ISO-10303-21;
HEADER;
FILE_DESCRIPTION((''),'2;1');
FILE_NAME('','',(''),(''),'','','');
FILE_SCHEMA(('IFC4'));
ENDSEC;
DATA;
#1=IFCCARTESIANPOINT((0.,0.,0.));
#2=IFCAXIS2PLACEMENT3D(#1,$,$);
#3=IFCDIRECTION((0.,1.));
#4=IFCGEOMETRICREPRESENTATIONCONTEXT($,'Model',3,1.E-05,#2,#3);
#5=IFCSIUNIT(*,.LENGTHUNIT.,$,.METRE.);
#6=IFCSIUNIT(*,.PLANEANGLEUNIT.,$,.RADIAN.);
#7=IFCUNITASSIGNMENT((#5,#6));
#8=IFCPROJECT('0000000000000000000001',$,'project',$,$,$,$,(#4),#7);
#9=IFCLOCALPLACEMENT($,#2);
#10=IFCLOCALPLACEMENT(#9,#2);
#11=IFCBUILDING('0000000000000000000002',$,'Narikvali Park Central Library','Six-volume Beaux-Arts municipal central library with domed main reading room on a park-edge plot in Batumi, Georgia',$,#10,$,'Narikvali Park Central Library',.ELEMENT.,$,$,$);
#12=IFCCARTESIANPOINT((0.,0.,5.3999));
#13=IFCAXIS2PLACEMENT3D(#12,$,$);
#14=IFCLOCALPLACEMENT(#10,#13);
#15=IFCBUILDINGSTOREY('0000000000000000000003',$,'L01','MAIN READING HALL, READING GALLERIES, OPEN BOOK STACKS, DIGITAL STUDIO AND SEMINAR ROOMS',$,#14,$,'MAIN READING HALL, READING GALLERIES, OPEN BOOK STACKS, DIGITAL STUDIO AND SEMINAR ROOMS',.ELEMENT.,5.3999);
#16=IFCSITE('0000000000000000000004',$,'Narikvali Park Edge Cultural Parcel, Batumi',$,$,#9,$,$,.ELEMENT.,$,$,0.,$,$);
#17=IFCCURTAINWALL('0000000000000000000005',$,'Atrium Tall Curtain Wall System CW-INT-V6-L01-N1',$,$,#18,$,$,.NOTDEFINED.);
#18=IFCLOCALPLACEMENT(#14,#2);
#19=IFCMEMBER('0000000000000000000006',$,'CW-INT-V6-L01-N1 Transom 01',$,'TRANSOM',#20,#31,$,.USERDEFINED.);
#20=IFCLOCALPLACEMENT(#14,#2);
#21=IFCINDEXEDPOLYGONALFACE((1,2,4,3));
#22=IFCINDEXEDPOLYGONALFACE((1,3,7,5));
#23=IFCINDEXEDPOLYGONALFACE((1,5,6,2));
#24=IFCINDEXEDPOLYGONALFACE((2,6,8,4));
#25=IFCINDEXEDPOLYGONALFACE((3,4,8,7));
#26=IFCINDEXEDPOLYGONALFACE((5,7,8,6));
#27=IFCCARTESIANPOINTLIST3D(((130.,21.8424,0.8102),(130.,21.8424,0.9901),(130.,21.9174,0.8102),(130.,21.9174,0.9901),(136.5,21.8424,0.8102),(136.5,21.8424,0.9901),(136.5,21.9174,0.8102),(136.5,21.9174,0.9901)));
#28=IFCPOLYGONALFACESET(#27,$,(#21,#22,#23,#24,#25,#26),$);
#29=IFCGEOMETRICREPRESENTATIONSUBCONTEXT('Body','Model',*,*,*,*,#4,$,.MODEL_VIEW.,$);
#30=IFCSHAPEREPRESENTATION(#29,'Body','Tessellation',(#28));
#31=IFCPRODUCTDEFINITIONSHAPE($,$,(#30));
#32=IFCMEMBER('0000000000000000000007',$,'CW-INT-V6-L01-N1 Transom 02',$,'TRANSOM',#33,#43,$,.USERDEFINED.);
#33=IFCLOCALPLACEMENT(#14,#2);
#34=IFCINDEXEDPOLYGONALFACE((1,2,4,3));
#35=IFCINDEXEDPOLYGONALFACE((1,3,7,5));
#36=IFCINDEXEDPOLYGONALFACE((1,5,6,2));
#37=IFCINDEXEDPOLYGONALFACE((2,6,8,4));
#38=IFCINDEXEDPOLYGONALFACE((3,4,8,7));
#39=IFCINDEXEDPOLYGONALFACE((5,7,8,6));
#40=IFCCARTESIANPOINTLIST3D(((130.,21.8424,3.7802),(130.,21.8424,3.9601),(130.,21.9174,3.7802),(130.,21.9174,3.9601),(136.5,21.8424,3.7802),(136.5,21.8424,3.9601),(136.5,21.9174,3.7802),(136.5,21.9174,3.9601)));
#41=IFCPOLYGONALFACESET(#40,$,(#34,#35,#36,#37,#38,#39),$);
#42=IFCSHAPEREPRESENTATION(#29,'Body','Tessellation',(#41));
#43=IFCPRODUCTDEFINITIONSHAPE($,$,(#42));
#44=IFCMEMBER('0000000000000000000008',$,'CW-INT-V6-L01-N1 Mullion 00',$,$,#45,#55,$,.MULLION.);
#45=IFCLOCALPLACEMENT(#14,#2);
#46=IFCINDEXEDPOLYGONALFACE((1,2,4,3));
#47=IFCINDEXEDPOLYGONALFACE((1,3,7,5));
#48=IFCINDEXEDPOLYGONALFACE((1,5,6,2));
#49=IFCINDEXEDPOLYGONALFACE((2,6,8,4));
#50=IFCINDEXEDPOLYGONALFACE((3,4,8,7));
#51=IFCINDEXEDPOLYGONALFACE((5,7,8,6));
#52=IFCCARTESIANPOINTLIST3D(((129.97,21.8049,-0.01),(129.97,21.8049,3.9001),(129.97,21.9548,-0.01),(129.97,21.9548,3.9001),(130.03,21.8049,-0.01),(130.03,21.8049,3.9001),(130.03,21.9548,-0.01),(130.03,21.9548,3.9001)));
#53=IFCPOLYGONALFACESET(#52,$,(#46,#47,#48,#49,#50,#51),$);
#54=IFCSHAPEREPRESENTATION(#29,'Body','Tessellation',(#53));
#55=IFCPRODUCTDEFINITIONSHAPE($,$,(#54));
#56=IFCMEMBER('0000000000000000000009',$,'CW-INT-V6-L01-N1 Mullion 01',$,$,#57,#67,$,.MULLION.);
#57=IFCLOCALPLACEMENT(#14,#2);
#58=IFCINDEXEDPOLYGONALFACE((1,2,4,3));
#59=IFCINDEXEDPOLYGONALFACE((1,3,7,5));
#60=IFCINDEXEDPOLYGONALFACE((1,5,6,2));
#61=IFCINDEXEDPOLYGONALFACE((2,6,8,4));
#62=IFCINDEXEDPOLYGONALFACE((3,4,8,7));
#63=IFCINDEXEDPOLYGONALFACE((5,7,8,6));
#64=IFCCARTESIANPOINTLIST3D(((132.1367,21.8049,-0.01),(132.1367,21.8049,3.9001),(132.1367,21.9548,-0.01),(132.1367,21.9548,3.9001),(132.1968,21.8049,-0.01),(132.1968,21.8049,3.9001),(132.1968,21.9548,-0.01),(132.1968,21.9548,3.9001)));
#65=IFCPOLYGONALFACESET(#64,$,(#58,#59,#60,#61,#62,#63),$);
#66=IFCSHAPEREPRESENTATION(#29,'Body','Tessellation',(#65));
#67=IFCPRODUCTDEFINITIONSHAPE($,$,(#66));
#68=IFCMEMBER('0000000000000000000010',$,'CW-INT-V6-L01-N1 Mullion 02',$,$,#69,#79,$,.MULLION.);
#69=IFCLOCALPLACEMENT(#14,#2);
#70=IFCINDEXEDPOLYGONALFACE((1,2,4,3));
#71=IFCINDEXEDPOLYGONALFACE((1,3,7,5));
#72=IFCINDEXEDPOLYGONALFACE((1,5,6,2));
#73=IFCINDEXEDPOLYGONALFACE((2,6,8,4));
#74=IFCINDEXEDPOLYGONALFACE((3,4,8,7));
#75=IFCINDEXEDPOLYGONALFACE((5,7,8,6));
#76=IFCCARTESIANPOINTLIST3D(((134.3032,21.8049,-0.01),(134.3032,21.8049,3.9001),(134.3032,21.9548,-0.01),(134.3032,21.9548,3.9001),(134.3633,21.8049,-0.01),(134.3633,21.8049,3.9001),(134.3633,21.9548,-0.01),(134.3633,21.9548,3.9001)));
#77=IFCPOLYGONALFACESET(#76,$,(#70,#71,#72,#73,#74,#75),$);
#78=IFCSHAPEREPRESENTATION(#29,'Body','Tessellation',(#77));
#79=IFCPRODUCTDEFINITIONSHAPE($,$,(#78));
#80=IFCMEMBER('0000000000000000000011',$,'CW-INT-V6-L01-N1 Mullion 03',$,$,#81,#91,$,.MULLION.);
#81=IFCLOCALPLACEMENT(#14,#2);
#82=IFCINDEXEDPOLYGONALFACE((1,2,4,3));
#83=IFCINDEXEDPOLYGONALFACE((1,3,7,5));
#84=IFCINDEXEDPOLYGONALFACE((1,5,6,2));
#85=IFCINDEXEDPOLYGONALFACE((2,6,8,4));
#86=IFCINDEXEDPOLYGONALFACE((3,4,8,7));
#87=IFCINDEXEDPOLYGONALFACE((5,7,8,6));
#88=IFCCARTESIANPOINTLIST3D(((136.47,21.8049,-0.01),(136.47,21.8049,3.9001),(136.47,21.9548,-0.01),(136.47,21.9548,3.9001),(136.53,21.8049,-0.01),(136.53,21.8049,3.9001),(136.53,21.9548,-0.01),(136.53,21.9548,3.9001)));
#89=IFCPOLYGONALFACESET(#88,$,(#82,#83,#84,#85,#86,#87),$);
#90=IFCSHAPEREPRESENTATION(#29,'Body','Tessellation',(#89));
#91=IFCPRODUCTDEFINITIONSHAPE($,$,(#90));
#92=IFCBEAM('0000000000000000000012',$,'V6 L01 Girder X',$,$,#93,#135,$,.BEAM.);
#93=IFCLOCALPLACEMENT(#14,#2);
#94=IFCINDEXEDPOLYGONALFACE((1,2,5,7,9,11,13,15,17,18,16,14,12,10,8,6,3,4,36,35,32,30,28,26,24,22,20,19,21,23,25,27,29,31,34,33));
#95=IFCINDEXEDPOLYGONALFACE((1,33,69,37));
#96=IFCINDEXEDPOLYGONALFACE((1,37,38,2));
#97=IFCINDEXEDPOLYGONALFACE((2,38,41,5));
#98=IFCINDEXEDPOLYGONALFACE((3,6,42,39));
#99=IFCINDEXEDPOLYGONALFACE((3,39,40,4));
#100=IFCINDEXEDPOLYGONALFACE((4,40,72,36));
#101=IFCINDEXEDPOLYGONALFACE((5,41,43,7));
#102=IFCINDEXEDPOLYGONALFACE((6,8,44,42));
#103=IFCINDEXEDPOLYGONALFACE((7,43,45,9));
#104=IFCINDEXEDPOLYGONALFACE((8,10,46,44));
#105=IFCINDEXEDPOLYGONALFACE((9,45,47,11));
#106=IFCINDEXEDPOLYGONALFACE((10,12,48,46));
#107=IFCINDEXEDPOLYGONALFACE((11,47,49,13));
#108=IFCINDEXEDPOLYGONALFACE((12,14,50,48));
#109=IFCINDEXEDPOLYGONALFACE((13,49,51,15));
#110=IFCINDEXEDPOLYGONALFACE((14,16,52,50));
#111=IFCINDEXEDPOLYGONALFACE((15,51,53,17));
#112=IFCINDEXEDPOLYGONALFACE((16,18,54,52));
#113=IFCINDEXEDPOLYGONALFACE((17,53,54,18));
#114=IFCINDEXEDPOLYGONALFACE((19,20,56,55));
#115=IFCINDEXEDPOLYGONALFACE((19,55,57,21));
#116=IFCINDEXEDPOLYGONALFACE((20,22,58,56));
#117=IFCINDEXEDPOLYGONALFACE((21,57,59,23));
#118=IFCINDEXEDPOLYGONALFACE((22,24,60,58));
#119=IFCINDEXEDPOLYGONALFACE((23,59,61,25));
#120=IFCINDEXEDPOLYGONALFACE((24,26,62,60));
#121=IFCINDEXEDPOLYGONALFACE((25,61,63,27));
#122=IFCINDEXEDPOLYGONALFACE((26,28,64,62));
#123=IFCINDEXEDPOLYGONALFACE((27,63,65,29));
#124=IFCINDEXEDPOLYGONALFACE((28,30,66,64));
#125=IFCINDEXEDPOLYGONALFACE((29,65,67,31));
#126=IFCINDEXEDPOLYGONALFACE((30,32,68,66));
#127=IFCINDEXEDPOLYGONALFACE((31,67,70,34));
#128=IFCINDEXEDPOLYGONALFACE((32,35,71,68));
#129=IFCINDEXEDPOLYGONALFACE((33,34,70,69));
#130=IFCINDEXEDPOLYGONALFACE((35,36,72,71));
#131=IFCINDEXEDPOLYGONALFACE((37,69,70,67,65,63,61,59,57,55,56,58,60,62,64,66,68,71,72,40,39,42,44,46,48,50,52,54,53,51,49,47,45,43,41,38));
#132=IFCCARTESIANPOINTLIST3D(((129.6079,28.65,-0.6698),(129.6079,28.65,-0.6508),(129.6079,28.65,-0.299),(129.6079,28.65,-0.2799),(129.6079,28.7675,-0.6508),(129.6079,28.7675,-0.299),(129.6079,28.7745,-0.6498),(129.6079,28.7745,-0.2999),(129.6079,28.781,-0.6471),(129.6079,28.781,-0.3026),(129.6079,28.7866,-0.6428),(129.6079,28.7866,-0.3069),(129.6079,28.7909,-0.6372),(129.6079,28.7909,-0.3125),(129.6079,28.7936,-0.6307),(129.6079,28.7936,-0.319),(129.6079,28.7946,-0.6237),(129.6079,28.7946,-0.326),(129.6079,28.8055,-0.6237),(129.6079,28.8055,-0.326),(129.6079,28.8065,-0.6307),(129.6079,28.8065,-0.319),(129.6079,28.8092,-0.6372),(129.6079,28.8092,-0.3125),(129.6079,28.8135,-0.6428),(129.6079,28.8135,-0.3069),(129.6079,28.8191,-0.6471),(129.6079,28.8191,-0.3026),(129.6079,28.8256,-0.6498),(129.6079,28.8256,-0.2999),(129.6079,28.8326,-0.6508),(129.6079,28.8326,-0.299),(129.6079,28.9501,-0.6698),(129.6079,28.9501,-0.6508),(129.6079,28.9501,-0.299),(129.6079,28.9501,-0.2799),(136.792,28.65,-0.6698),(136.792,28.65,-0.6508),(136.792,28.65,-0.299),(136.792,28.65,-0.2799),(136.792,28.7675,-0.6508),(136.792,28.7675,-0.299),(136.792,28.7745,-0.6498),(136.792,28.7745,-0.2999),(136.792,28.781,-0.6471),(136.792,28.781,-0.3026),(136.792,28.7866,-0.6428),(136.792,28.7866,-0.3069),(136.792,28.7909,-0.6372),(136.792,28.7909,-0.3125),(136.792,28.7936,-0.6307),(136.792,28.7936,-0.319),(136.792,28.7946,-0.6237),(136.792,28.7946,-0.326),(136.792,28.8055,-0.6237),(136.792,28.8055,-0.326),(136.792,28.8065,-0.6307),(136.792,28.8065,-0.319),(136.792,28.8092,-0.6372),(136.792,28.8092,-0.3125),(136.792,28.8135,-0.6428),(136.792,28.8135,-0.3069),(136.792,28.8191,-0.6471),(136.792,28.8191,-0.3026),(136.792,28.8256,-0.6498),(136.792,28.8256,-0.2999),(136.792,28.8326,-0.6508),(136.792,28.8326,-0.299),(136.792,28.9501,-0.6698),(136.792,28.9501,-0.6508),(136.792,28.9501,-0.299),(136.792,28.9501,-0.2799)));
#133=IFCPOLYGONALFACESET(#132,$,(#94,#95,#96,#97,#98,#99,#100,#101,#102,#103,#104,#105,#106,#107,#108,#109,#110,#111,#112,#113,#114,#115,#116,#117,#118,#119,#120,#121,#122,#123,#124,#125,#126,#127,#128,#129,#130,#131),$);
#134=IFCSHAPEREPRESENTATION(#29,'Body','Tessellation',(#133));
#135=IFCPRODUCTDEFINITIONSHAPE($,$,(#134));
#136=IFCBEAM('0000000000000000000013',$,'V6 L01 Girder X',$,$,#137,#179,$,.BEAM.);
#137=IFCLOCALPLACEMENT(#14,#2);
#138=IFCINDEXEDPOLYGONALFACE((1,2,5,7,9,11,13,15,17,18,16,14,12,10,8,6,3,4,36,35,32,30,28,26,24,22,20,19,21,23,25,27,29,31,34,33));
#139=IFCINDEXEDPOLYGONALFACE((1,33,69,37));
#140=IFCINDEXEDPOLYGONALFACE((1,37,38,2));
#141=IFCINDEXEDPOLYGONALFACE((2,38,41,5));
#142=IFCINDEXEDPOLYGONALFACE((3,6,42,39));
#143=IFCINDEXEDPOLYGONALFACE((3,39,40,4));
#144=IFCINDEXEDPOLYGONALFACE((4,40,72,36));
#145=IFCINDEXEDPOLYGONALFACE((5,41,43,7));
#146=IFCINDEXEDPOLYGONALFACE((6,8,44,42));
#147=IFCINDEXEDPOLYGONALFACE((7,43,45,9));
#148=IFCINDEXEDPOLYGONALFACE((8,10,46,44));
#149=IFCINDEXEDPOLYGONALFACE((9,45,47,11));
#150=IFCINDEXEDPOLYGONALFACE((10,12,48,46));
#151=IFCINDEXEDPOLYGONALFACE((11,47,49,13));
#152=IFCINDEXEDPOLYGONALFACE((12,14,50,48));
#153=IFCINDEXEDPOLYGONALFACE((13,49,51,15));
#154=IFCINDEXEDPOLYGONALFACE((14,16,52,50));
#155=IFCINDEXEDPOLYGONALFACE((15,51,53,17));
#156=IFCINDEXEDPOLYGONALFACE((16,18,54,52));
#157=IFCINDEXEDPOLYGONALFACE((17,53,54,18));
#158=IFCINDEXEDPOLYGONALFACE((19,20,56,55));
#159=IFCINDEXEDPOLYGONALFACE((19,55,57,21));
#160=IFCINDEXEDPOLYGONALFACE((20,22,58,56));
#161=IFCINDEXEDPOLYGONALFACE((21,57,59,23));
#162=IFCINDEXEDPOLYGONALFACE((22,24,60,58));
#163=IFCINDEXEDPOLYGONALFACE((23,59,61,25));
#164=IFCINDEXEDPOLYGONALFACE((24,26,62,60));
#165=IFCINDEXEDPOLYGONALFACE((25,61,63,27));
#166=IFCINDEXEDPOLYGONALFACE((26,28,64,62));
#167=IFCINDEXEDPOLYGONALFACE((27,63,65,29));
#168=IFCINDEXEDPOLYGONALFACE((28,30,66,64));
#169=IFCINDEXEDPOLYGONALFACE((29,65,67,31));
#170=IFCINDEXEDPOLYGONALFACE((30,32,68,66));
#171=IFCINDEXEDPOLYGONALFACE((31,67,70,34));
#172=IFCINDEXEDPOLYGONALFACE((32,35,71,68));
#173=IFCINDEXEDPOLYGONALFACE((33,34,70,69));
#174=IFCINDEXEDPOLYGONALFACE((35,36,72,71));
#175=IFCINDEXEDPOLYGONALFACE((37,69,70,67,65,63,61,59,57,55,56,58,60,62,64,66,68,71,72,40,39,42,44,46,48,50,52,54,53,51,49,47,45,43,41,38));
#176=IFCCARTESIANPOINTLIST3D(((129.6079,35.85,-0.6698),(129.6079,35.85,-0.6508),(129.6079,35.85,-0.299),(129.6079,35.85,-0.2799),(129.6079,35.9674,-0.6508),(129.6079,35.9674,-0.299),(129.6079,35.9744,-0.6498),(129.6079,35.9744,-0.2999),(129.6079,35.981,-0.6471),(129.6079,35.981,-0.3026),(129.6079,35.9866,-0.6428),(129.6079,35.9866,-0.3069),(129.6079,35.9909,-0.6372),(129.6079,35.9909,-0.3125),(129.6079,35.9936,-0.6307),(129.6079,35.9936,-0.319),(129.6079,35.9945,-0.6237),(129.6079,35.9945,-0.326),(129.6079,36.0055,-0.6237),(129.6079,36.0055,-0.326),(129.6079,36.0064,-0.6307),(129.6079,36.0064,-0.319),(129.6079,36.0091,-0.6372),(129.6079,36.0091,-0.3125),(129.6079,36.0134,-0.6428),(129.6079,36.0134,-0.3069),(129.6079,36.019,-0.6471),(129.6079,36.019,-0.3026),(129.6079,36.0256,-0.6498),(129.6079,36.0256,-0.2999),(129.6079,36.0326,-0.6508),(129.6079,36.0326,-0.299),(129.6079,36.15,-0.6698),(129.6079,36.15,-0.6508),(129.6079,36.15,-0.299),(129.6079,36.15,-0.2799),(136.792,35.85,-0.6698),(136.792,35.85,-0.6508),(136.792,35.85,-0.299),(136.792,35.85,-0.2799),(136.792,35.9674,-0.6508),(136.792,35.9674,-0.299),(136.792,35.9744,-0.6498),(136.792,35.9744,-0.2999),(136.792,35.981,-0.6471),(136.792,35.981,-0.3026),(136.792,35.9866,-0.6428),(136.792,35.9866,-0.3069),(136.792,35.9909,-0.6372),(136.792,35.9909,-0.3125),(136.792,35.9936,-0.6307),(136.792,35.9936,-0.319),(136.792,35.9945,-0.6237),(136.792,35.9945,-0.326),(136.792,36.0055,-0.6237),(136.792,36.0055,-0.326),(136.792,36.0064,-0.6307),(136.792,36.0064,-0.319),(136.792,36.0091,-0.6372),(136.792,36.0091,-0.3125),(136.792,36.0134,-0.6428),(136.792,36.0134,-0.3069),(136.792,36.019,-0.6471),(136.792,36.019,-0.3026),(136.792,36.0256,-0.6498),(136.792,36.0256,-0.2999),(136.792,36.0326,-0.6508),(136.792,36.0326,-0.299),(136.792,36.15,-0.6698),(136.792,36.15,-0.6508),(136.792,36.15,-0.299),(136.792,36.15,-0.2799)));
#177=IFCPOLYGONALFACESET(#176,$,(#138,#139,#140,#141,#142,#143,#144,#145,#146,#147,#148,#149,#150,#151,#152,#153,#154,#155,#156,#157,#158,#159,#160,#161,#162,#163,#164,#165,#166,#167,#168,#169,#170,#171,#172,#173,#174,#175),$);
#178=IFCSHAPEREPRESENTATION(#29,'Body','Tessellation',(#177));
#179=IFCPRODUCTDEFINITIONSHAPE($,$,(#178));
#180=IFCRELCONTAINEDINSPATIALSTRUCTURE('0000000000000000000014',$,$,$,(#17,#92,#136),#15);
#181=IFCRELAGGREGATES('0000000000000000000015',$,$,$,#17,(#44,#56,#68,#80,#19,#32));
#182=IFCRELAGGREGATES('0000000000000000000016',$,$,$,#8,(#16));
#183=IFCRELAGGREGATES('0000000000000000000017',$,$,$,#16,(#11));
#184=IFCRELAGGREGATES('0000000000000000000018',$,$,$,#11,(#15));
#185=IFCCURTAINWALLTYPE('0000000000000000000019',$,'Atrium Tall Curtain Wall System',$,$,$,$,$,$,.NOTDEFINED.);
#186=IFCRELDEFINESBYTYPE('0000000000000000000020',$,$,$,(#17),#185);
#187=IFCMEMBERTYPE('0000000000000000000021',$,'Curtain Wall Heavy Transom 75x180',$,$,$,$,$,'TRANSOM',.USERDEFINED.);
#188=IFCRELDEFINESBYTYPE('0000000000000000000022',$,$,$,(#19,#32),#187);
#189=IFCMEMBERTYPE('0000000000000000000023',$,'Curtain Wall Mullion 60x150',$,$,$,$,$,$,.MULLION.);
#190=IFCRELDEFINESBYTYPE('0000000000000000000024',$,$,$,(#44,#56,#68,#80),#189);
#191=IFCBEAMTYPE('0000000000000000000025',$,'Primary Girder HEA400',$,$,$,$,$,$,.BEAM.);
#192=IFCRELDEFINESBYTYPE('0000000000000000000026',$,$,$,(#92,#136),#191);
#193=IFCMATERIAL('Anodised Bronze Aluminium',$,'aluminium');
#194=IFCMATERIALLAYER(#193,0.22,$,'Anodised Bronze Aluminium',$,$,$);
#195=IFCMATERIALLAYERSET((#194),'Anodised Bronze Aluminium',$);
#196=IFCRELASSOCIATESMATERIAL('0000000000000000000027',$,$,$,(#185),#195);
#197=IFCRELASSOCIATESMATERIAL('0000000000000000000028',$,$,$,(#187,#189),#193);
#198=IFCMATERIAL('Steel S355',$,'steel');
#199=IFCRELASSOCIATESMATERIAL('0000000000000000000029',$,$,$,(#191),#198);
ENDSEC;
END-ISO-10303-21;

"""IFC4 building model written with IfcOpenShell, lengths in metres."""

from ifc_helpers import new_model, si_unit, direction, frame, origin, origin_2d, place, context, subcontext, project, spatial, rectangle, i_section, extrude, material, layer, layer_set, material_profile, profile_set, type_object, element, aggregate, save


model = new_model("IFC4")

# Units and contexts
model_context = context("Model", 3, precision=1e-05, world=origin(), true_north=direction((0.0, 1.0)))
body_context = subcontext(model_context, "Body", "Model", "MODEL_VIEW")
ifc_project = project(units=[si_unit("LENGTHUNIT", "METRE"), si_unit("PLANEANGLEUNIT", "RADIAN")], contexts=[model_context])

# Site, building, storey
site_placement = place(None, origin())
site = spatial("IfcSite", under=ifc_project, at=site_placement, Name="Narikvali Park Edge Cultural Parcel, Batumi", CompositionType="ELEMENT", RefElevation=0.0)
building_placement = place(site_placement, origin())
building = spatial("IfcBuilding", under=site, at=building_placement, Name="Narikvali Park Central Library", Description="Six-volume Beaux-Arts municipal central library with domed main reading room on a park-edge plot in Batumi, Georgia", LongName="Narikvali Park Central Library", CompositionType="ELEMENT")
storey_placement = place(building_placement, frame((0.0, 0.0, 5.3999)))
storey = spatial("IfcBuildingStorey", under=building, at=storey_placement, Name="L01", Description="MAIN READING HALL, READING GALLERIES, OPEN BOOK STACKS, DIGITAL STUDIO AND SEMINAR ROOMS", LongName="MAIN READING HALL, READING GALLERIES, OPEN BOOK STACKS, DIGITAL STUDIO AND SEMINAR ROOMS", CompositionType="ELEMENT", Elevation=5.3999)

# Shared definitions
ifc_material_1 = material(Name="Steel S355", Category="steel")

# Curtain wall, members
ifc_material_2 = material(Name="Anodised Bronze Aluminium", Category="aluminium")
ifc_layer_1 = layer(ifc_material_2, 0.22, Name="Anodised Bronze Aluminium")
ifc_layer_set_1 = layer_set([ifc_layer_1], Name="Anodised Bronze Aluminium")
curtain_wall_type = type_object("IfcCurtainWallType", Name="Atrium Tall Curtain Wall System", PredefinedType="NOTDEFINED", material=ifc_layer_set_1)
curtain_wall_placement = place(storey_placement, origin())
curtain_wall = element("IfcCurtainWall", 1, at=curtain_wall_placement, inside=storey, type_object=curtain_wall_type, Name="Atrium Tall Curtain Wall System CW-INT-V6-L01-N1", PredefinedType="NOTDEFINED")
ifc_material_profile_1 = material_profile(ifc_material_2, rectangle(XDim=0.075, YDim=0.1799, at=origin_2d()), Name="CW TRANSOM 75x180")
ifc_profile_set_1 = profile_set([ifc_material_profile_1], Name="Anodised Bronze Aluminium")
member_type_1 = type_object("IfcMemberType", Name="Curtain Wall Heavy Transom 75x180", ElementType="TRANSOM", PredefinedType="USERDEFINED", material=ifc_profile_set_1)
member_1_placement = place(storey_placement, frame((130.0, 21.8799, 0.9001), z_axis=(1.0, 0.0, 0.0), x_axis=(0.0, 1.0, 0.0)))
member_1 = element("IfcMember", 2, at=member_1_placement, type_object=member_type_1, Name="CW-INT-V6-L01-N1 Transom 01", ObjectType="TRANSOM", PredefinedType="USERDEFINED", context=body_context, shape_type="SweptSolid", body=[
    extrude(rectangle(XDim=0.075, YDim=0.1799, at=origin_2d()), origin(), (0.0, 0.0, 1.0), 6.5),
])
member_2_placement = place(storey_placement, frame((130.0, 21.8799, 3.8701), z_axis=(1.0, 0.0, 0.0), x_axis=(0.0, 1.0, 0.0)))
member_2 = element("IfcMember", 3, at=member_2_placement, type_object=member_type_1, Name="CW-INT-V6-L01-N1 Transom 02", ObjectType="TRANSOM", PredefinedType="USERDEFINED", context=body_context, shape_type="SweptSolid", body=[
    extrude(rectangle(XDim=0.075, YDim=0.1799, at=origin_2d()), origin(), (0.0, 0.0, 1.0), 6.5),
])
ifc_material_profile_2 = material_profile(ifc_material_2, rectangle(XDim=0.0601, YDim=0.1499, at=origin_2d()), Name="CW MULLION 60x150")
ifc_profile_set_2 = profile_set([ifc_material_profile_2], Name="Anodised Bronze Aluminium")
member_type_2 = type_object("IfcMemberType", Name="Curtain Wall Mullion 60x150", PredefinedType="MULLION", material=ifc_profile_set_2)
member_3_placement = place(storey_placement, frame((130.0, 21.8799, -0.01), z_axis=(0.0, 0.0, 1.0), x_axis=(1.0, 0.0, 0.0)))
member_3 = element("IfcMember", 4, at=member_3_placement, type_object=member_type_2, Name="CW-INT-V6-L01-N1 Mullion 00", PredefinedType="MULLION", context=body_context, shape_type="SweptSolid", body=[
    extrude(rectangle(XDim=0.0601, YDim=0.1499, at=origin_2d()), origin(), (0.0, 0.0, 1.0), 3.9102),
])
member_4_placement = place(storey_placement, frame((132.1667, 21.8799, -0.01), z_axis=(0.0, 0.0, 1.0), x_axis=(1.0, 0.0, 0.0)))
member_4 = element("IfcMember", 5, at=member_4_placement, type_object=member_type_2, Name="CW-INT-V6-L01-N1 Mullion 01", PredefinedType="MULLION", context=body_context, shape_type="SweptSolid", body=[
    extrude(rectangle(XDim=0.0601, YDim=0.1499, at=origin_2d()), origin(), (0.0, 0.0, 1.0), 3.9102),
])
member_5_placement = place(storey_placement, frame((134.3333, 21.8799, -0.01), z_axis=(0.0, 0.0, 1.0), x_axis=(1.0, 0.0, 0.0)))
member_5 = element("IfcMember", 6, at=member_5_placement, type_object=member_type_2, Name="CW-INT-V6-L01-N1 Mullion 02", PredefinedType="MULLION", context=body_context, shape_type="SweptSolid", body=[
    extrude(rectangle(XDim=0.0601, YDim=0.1499, at=origin_2d()), origin(), (0.0, 0.0, 1.0), 3.9102),
])
member_6_placement = place(storey_placement, frame((136.5, 21.8799, -0.01), z_axis=(0.0, 0.0, 1.0), x_axis=(1.0, 0.0, 0.0)))
member_6 = element("IfcMember", 7, at=member_6_placement, type_object=member_type_2, Name="CW-INT-V6-L01-N1 Mullion 03", PredefinedType="MULLION", context=body_context, shape_type="SweptSolid", body=[
    extrude(rectangle(XDim=0.0601, YDim=0.1499, at=origin_2d()), origin(), (0.0, 0.0, 1.0), 3.9102),
])

# Beams
ifc_material_profile_3 = material_profile(ifc_material_1, i_section(OverallWidth=0.3, OverallDepth=0.3899, WebThickness=0.011, FlangeThickness=0.019, FilletRadius=0.0271, at=origin_2d()), Name="HEA 400")
ifc_profile_set_3 = profile_set([ifc_material_profile_3], Name="Steel S355")
beam_type_1 = type_object("IfcBeamType", Name="Primary Girder HEA400", PredefinedType="BEAM", material=ifc_profile_set_3)
for number, where, z_axis, x_axis, name in (
    (8, (129.6079, 28.8, -0.4749), (1.0, 0.0, 0.0), (0.0, 1.0, 0.0), "V6 L01 Girder X"),
    (9, (129.6079, 36.0, -0.4749), (1.0, 0.0, 0.0), (0.0, 1.0, 0.0), "V6 L01 Girder X"),
):
    element("IfcBeam", number, at=place(storey_placement, frame(where, z_axis=z_axis, x_axis=x_axis)), inside=storey, type_object=beam_type_1, Name=name, PredefinedType="BEAM", context=body_context, shape_type="SweptSolid", body=[
        extrude(i_section(OverallWidth=0.3, OverallDepth=0.3899, WebThickness=0.011, FlangeThickness=0.019, FilletRadius=0.0271, at=origin_2d()), origin(), (0.0, 0.0, 1.0), 7.1841),
    ])

aggregate(curtain_wall, [member_3, member_4, member_5, member_6, member_1, member_2])

save(model, "model.ifc")
